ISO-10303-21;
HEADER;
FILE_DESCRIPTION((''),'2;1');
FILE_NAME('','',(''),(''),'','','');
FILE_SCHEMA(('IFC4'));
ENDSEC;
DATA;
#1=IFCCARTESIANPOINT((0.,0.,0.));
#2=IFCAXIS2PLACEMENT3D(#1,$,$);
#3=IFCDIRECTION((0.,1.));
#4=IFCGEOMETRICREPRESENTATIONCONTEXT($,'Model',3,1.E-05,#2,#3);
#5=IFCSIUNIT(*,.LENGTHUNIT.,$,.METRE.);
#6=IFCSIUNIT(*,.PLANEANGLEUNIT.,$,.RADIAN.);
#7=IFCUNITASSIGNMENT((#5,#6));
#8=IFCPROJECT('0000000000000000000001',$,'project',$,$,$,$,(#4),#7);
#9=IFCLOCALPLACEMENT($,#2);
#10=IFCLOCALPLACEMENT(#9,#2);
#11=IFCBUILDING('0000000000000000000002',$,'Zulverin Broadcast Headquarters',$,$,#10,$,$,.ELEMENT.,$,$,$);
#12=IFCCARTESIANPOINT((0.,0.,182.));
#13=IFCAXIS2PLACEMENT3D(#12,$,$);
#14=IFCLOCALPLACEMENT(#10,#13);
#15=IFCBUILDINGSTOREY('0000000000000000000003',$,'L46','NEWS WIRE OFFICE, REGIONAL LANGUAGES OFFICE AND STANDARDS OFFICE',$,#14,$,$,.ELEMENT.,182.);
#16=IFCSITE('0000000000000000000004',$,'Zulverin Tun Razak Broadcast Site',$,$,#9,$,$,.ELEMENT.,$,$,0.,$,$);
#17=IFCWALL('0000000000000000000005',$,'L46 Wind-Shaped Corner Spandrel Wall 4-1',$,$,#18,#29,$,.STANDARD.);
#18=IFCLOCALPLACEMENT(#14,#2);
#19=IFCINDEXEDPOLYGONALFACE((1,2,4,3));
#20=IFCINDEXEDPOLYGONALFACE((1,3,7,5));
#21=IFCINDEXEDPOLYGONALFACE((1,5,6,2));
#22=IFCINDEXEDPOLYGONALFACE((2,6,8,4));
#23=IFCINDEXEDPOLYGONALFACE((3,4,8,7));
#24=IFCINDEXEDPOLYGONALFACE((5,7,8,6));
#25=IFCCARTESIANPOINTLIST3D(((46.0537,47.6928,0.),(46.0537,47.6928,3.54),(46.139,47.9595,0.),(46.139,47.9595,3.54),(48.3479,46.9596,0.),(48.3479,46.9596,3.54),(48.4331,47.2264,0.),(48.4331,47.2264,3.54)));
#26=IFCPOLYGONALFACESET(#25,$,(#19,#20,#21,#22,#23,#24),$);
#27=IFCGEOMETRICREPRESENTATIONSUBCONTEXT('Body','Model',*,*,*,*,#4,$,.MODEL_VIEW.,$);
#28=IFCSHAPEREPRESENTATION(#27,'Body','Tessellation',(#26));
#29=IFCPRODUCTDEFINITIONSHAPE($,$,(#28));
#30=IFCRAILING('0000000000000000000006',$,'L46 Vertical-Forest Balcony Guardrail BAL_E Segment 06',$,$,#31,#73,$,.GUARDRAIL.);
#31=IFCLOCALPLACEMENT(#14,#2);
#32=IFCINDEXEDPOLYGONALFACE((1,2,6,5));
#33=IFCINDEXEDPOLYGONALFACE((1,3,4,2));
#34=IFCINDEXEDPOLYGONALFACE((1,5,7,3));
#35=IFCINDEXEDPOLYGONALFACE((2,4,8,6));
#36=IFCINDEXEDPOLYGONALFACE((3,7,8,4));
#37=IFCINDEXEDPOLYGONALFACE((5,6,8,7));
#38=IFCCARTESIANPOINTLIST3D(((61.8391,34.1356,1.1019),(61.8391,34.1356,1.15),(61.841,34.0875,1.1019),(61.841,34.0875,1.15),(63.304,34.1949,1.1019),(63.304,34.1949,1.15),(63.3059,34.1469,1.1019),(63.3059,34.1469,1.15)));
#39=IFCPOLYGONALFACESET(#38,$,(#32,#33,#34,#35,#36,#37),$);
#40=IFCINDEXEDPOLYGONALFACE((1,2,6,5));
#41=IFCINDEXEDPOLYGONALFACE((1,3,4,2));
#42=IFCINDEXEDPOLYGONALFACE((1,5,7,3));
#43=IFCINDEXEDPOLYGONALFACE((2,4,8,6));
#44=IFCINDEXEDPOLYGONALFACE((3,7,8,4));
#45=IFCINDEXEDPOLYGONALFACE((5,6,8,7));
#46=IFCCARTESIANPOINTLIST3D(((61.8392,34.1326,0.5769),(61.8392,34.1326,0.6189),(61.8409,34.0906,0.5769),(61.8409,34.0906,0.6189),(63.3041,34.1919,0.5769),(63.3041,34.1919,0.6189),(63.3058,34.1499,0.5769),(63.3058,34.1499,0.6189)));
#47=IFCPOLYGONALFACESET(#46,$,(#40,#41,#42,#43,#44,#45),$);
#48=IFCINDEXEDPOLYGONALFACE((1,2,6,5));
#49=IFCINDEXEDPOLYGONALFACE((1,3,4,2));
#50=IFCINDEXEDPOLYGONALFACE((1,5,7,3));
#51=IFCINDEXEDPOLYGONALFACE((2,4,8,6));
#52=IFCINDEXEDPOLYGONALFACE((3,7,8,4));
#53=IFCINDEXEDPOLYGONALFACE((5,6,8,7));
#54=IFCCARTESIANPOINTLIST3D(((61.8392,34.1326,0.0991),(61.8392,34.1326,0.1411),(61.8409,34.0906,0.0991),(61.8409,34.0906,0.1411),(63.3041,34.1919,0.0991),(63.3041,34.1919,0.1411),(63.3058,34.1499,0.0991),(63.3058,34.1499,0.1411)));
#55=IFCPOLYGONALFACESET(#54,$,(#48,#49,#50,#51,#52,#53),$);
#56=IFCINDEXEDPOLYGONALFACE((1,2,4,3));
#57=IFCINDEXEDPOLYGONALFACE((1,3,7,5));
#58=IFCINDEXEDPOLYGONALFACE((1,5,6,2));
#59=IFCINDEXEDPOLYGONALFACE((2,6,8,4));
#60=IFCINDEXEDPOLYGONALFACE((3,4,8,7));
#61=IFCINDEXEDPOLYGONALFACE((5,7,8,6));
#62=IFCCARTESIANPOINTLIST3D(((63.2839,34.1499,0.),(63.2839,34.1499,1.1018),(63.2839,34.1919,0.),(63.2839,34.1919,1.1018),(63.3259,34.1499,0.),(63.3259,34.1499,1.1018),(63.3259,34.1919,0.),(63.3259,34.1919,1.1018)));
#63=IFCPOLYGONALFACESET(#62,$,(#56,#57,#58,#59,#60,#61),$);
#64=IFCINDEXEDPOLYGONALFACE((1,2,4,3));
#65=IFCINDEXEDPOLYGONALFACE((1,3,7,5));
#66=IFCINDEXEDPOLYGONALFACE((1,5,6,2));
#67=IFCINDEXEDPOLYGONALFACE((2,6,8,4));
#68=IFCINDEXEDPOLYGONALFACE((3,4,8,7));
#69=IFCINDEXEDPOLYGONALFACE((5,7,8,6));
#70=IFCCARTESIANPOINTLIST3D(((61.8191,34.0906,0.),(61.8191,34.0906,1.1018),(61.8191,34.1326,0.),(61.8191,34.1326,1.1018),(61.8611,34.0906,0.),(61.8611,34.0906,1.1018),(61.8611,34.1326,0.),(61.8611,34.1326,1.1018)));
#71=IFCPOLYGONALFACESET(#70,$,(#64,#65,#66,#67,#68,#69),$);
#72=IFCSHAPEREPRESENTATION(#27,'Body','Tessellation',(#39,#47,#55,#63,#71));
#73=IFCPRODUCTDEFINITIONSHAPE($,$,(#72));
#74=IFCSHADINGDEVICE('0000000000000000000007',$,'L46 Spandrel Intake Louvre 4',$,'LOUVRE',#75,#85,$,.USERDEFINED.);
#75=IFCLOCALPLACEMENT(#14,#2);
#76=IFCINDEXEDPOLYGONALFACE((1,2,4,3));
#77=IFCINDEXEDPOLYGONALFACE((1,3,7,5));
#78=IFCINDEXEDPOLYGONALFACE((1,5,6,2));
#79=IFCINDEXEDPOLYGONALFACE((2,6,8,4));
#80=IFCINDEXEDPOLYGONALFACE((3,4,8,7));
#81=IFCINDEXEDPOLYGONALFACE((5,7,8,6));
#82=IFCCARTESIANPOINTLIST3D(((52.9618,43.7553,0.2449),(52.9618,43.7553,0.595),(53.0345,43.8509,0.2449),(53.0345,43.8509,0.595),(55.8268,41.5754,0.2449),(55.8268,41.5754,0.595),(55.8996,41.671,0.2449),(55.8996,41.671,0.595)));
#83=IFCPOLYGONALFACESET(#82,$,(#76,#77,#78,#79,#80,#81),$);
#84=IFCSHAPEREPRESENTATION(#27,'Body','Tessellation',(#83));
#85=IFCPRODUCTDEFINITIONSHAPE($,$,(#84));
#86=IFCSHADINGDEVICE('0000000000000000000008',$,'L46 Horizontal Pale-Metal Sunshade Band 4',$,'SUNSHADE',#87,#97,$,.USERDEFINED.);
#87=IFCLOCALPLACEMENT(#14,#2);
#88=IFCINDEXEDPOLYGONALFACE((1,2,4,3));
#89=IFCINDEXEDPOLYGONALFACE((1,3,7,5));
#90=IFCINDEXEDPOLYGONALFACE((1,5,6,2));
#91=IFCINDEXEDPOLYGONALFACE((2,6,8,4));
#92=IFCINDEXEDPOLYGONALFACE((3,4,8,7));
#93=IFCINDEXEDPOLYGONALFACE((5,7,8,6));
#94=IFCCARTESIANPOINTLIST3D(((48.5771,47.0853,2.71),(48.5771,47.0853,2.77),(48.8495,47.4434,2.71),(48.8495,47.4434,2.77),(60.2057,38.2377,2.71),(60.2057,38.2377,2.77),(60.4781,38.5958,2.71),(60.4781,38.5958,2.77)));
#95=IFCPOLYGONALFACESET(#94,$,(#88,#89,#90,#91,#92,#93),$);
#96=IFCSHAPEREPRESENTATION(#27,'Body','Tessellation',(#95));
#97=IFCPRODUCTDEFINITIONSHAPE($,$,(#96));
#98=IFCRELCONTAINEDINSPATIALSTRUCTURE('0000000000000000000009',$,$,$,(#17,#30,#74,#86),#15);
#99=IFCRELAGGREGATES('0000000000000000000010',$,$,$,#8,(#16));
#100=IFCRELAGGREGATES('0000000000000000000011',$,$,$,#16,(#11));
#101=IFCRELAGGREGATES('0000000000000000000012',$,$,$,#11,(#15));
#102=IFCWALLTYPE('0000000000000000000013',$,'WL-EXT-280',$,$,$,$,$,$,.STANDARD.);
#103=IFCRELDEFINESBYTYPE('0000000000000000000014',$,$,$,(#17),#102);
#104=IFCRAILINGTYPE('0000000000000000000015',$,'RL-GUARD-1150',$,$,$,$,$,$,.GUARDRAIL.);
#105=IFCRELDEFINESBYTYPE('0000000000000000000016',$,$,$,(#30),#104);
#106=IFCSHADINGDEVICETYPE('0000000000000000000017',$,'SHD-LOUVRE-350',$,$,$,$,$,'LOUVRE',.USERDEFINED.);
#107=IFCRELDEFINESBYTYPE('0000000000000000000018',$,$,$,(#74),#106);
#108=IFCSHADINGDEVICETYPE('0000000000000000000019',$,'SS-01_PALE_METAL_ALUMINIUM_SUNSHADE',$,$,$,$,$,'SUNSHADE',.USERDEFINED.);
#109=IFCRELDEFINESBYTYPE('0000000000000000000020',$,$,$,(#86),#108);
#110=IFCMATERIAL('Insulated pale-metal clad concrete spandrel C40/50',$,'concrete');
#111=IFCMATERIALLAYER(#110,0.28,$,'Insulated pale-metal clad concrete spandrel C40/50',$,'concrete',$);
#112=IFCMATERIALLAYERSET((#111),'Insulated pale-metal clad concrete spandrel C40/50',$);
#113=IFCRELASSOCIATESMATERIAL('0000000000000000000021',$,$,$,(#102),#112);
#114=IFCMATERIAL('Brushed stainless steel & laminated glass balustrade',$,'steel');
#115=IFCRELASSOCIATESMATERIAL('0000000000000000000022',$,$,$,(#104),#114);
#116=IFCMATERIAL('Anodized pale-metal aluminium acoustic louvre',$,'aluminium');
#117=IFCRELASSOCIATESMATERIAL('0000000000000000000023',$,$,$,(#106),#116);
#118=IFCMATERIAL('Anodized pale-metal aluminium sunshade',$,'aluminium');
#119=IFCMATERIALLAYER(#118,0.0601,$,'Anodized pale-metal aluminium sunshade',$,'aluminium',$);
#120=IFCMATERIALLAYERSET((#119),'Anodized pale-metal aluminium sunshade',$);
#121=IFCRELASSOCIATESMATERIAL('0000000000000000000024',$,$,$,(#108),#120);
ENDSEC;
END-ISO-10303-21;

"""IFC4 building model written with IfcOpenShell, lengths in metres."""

from ifc_helpers import new_model, si_unit, direction, frame, frame_2d, origin, origin_2d, place, context, subcontext, project, spatial, rectangle, extrude, material, layer, layer_set, type_object, element, save


model = new_model("IFC4")

# Units and contexts
model_context = context("Model", 3, precision=1e-05, world=origin(), true_north=direction((0.0, 1.0)))
body_context = subcontext(model_context, "Body", "Model", "MODEL_VIEW")
ifc_project = project(units=[si_unit("LENGTHUNIT", "METRE"), si_unit("PLANEANGLEUNIT", "RADIAN")], contexts=[model_context])

# Site, building, storey
site_placement = place(None, origin())
site = spatial("IfcSite", under=ifc_project, at=site_placement, Name="Zulverin Tun Razak Broadcast Site", CompositionType="ELEMENT", RefElevation=0.0)
building_placement = place(site_placement, origin())
building = spatial("IfcBuilding", under=site, at=building_placement, Name="Zulverin Broadcast Headquarters", CompositionType="ELEMENT")
storey_placement = place(building_placement, frame((0.0, 0.0, 182.0)))
storey = spatial("IfcBuildingStorey", under=building, at=storey_placement, Name="L46", Description="NEWS WIRE OFFICE, REGIONAL LANGUAGES OFFICE AND STANDARDS OFFICE", CompositionType="ELEMENT", Elevation=182.0)

# Shared definitions
ifc_material_1 = material(Name="Insulated pale-metal clad concrete spandrel C40/50", Category="concrete")
ifc_layer_1 = layer(ifc_material_1, 0.28, Name="Insulated pale-metal clad concrete spandrel C40/50", Category="concrete")
ifc_layer_set_1 = layer_set([ifc_layer_1], Name="Insulated pale-metal clad concrete spandrel C40/50")
wall_type = type_object("IfcWallType", Name="WL-EXT-280", PredefinedType="STANDARD", material=ifc_layer_set_1)

# Wall
wall_1_placement = place(storey_placement, frame((48.3904, 47.093, 0.0), z_axis=(0.0, 0.0, 1.0), x_axis=(-0.952543, 0.304404, 0.0)))
element("IfcWall", 1, at=wall_1_placement, inside=storey, type_object=wall_type, Name="L46 Wind-Shaped Corner Spandrel Wall 4-1", PredefinedType="STANDARD", context=body_context, shape_type="SweptSolid", body=[
    extrude(rectangle(XDim=2.4084, YDim=0.28, at=frame_2d((1.2041, 0.0))), origin(), (0.0, 0.0, 1.0), 3.54),
])

# Railing
ifc_material_2 = material(Name="Brushed stainless steel & laminated glass balustrade", Category="steel")
railing_type = type_object("IfcRailingType", Name="RL-GUARD-1150", PredefinedType="GUARDRAIL", material=ifc_material_2)
railing_placement = place(storey_placement, frame((63.3049, 34.1709, 0.0)))
element("IfcRailing", 2, at=railing_placement, inside=storey, type_object=railing_type, Name="L46 Vertical-Forest Balcony Guardrail BAL_E Segment 06", PredefinedType="GUARDRAIL", context=body_context, shape_type="SweptSolid", body=[
    extrude(rectangle(XDim=0.0481, YDim=0.0481, at=origin_2d()), frame((0.0, 0.0, 1.126), z_axis=(-0.999181, -0.040467, 0.0), x_axis=(0.040467, -0.999181, 0.0)), (0.0, 0.0, 1.0), 1.4661),
    extrude(rectangle(XDim=0.042, YDim=0.042, at=origin_2d()), frame((0.0, 0.0, 0.5979), z_axis=(-0.999181, -0.040467, 0.0), x_axis=(0.040467, -0.999181, 0.0)), (0.0, 0.0, 1.0), 1.4661),
    extrude(rectangle(XDim=0.042, YDim=0.042, at=origin_2d()), frame((0.0, 0.0, 0.1201), z_axis=(-0.999181, -0.040467, 0.0), x_axis=(0.040467, -0.999181, 0.0)), (0.0, 0.0, 1.0), 1.4661),
    extrude(rectangle(XDim=0.042, YDim=0.042, at=origin_2d()), origin(), (0.0, 0.0, 1.0), 1.1018),
    extrude(rectangle(XDim=0.042, YDim=0.042, at=origin_2d()), frame((-1.4648, -0.0593, 0.0)), (0.0, 0.0, 1.0), 1.1018),
])

# Shading devices
ifc_material_3 = material(Name="Anodized pale-metal aluminium acoustic louvre", Category="aluminium")
shading_device_type_1 = type_object("IfcShadingDeviceType", Name="SHD-LOUVRE-350", ElementType="LOUVRE", PredefinedType="USERDEFINED", material=ifc_material_3)
shading_device_1_placement = place(storey_placement, frame((54.4307, 42.7131, 0.2449), z_axis=(0.0, 0.0, 1.0), x_axis=(-0.795836, 0.605512, 0.0)))
element("IfcShadingDevice", 3, at=shading_device_1_placement, inside=storey, type_object=shading_device_type_1, Name="L46 Spandrel Intake Louvre 4", ObjectType="LOUVRE", PredefinedType="USERDEFINED", context=body_context, shape_type="SweptSolid", body=[
    extrude(rectangle(XDim=3.6001, YDim=0.1201, at=origin_2d()), origin(), (0.0, 0.0, 1.0), 0.3501),
])
ifc_material_4 = material(Name="Anodized pale-metal aluminium sunshade", Category="aluminium")
ifc_layer_2 = layer(ifc_material_4, 0.0601, Name="Anodized pale-metal aluminium sunshade", Category="aluminium")
ifc_layer_set_2 = layer_set([ifc_layer_2], Name="Anodized pale-metal aluminium sunshade")
shading_device_type_2 = type_object("IfcShadingDeviceType", Name="SS-01_PALE_METAL_ALUMINIUM_SUNSHADE", ElementType="SUNSHADE", PredefinedType="USERDEFINED", material=ifc_layer_set_2)
shading_device_2_placement = place(storey_placement, frame((54.5276, 42.8406, 2.71), z_axis=(0.0, 0.0, 1.0), x_axis=(-0.795836, 0.605512, 0.0)))
element("IfcShadingDevice", 4, at=shading_device_2_placement, inside=storey, type_object=shading_device_type_2, Name="L46 Horizontal Pale-Metal Sunshade Band 4", ObjectType="SUNSHADE", PredefinedType="USERDEFINED", context=body_context, shape_type="SweptSolid", body=[
    extrude(rectangle(XDim=14.6118, YDim=0.45, at=origin_2d()), origin(), (0.0, 0.0, 1.0), 0.0601),
])

save(model, "model.ifc")
